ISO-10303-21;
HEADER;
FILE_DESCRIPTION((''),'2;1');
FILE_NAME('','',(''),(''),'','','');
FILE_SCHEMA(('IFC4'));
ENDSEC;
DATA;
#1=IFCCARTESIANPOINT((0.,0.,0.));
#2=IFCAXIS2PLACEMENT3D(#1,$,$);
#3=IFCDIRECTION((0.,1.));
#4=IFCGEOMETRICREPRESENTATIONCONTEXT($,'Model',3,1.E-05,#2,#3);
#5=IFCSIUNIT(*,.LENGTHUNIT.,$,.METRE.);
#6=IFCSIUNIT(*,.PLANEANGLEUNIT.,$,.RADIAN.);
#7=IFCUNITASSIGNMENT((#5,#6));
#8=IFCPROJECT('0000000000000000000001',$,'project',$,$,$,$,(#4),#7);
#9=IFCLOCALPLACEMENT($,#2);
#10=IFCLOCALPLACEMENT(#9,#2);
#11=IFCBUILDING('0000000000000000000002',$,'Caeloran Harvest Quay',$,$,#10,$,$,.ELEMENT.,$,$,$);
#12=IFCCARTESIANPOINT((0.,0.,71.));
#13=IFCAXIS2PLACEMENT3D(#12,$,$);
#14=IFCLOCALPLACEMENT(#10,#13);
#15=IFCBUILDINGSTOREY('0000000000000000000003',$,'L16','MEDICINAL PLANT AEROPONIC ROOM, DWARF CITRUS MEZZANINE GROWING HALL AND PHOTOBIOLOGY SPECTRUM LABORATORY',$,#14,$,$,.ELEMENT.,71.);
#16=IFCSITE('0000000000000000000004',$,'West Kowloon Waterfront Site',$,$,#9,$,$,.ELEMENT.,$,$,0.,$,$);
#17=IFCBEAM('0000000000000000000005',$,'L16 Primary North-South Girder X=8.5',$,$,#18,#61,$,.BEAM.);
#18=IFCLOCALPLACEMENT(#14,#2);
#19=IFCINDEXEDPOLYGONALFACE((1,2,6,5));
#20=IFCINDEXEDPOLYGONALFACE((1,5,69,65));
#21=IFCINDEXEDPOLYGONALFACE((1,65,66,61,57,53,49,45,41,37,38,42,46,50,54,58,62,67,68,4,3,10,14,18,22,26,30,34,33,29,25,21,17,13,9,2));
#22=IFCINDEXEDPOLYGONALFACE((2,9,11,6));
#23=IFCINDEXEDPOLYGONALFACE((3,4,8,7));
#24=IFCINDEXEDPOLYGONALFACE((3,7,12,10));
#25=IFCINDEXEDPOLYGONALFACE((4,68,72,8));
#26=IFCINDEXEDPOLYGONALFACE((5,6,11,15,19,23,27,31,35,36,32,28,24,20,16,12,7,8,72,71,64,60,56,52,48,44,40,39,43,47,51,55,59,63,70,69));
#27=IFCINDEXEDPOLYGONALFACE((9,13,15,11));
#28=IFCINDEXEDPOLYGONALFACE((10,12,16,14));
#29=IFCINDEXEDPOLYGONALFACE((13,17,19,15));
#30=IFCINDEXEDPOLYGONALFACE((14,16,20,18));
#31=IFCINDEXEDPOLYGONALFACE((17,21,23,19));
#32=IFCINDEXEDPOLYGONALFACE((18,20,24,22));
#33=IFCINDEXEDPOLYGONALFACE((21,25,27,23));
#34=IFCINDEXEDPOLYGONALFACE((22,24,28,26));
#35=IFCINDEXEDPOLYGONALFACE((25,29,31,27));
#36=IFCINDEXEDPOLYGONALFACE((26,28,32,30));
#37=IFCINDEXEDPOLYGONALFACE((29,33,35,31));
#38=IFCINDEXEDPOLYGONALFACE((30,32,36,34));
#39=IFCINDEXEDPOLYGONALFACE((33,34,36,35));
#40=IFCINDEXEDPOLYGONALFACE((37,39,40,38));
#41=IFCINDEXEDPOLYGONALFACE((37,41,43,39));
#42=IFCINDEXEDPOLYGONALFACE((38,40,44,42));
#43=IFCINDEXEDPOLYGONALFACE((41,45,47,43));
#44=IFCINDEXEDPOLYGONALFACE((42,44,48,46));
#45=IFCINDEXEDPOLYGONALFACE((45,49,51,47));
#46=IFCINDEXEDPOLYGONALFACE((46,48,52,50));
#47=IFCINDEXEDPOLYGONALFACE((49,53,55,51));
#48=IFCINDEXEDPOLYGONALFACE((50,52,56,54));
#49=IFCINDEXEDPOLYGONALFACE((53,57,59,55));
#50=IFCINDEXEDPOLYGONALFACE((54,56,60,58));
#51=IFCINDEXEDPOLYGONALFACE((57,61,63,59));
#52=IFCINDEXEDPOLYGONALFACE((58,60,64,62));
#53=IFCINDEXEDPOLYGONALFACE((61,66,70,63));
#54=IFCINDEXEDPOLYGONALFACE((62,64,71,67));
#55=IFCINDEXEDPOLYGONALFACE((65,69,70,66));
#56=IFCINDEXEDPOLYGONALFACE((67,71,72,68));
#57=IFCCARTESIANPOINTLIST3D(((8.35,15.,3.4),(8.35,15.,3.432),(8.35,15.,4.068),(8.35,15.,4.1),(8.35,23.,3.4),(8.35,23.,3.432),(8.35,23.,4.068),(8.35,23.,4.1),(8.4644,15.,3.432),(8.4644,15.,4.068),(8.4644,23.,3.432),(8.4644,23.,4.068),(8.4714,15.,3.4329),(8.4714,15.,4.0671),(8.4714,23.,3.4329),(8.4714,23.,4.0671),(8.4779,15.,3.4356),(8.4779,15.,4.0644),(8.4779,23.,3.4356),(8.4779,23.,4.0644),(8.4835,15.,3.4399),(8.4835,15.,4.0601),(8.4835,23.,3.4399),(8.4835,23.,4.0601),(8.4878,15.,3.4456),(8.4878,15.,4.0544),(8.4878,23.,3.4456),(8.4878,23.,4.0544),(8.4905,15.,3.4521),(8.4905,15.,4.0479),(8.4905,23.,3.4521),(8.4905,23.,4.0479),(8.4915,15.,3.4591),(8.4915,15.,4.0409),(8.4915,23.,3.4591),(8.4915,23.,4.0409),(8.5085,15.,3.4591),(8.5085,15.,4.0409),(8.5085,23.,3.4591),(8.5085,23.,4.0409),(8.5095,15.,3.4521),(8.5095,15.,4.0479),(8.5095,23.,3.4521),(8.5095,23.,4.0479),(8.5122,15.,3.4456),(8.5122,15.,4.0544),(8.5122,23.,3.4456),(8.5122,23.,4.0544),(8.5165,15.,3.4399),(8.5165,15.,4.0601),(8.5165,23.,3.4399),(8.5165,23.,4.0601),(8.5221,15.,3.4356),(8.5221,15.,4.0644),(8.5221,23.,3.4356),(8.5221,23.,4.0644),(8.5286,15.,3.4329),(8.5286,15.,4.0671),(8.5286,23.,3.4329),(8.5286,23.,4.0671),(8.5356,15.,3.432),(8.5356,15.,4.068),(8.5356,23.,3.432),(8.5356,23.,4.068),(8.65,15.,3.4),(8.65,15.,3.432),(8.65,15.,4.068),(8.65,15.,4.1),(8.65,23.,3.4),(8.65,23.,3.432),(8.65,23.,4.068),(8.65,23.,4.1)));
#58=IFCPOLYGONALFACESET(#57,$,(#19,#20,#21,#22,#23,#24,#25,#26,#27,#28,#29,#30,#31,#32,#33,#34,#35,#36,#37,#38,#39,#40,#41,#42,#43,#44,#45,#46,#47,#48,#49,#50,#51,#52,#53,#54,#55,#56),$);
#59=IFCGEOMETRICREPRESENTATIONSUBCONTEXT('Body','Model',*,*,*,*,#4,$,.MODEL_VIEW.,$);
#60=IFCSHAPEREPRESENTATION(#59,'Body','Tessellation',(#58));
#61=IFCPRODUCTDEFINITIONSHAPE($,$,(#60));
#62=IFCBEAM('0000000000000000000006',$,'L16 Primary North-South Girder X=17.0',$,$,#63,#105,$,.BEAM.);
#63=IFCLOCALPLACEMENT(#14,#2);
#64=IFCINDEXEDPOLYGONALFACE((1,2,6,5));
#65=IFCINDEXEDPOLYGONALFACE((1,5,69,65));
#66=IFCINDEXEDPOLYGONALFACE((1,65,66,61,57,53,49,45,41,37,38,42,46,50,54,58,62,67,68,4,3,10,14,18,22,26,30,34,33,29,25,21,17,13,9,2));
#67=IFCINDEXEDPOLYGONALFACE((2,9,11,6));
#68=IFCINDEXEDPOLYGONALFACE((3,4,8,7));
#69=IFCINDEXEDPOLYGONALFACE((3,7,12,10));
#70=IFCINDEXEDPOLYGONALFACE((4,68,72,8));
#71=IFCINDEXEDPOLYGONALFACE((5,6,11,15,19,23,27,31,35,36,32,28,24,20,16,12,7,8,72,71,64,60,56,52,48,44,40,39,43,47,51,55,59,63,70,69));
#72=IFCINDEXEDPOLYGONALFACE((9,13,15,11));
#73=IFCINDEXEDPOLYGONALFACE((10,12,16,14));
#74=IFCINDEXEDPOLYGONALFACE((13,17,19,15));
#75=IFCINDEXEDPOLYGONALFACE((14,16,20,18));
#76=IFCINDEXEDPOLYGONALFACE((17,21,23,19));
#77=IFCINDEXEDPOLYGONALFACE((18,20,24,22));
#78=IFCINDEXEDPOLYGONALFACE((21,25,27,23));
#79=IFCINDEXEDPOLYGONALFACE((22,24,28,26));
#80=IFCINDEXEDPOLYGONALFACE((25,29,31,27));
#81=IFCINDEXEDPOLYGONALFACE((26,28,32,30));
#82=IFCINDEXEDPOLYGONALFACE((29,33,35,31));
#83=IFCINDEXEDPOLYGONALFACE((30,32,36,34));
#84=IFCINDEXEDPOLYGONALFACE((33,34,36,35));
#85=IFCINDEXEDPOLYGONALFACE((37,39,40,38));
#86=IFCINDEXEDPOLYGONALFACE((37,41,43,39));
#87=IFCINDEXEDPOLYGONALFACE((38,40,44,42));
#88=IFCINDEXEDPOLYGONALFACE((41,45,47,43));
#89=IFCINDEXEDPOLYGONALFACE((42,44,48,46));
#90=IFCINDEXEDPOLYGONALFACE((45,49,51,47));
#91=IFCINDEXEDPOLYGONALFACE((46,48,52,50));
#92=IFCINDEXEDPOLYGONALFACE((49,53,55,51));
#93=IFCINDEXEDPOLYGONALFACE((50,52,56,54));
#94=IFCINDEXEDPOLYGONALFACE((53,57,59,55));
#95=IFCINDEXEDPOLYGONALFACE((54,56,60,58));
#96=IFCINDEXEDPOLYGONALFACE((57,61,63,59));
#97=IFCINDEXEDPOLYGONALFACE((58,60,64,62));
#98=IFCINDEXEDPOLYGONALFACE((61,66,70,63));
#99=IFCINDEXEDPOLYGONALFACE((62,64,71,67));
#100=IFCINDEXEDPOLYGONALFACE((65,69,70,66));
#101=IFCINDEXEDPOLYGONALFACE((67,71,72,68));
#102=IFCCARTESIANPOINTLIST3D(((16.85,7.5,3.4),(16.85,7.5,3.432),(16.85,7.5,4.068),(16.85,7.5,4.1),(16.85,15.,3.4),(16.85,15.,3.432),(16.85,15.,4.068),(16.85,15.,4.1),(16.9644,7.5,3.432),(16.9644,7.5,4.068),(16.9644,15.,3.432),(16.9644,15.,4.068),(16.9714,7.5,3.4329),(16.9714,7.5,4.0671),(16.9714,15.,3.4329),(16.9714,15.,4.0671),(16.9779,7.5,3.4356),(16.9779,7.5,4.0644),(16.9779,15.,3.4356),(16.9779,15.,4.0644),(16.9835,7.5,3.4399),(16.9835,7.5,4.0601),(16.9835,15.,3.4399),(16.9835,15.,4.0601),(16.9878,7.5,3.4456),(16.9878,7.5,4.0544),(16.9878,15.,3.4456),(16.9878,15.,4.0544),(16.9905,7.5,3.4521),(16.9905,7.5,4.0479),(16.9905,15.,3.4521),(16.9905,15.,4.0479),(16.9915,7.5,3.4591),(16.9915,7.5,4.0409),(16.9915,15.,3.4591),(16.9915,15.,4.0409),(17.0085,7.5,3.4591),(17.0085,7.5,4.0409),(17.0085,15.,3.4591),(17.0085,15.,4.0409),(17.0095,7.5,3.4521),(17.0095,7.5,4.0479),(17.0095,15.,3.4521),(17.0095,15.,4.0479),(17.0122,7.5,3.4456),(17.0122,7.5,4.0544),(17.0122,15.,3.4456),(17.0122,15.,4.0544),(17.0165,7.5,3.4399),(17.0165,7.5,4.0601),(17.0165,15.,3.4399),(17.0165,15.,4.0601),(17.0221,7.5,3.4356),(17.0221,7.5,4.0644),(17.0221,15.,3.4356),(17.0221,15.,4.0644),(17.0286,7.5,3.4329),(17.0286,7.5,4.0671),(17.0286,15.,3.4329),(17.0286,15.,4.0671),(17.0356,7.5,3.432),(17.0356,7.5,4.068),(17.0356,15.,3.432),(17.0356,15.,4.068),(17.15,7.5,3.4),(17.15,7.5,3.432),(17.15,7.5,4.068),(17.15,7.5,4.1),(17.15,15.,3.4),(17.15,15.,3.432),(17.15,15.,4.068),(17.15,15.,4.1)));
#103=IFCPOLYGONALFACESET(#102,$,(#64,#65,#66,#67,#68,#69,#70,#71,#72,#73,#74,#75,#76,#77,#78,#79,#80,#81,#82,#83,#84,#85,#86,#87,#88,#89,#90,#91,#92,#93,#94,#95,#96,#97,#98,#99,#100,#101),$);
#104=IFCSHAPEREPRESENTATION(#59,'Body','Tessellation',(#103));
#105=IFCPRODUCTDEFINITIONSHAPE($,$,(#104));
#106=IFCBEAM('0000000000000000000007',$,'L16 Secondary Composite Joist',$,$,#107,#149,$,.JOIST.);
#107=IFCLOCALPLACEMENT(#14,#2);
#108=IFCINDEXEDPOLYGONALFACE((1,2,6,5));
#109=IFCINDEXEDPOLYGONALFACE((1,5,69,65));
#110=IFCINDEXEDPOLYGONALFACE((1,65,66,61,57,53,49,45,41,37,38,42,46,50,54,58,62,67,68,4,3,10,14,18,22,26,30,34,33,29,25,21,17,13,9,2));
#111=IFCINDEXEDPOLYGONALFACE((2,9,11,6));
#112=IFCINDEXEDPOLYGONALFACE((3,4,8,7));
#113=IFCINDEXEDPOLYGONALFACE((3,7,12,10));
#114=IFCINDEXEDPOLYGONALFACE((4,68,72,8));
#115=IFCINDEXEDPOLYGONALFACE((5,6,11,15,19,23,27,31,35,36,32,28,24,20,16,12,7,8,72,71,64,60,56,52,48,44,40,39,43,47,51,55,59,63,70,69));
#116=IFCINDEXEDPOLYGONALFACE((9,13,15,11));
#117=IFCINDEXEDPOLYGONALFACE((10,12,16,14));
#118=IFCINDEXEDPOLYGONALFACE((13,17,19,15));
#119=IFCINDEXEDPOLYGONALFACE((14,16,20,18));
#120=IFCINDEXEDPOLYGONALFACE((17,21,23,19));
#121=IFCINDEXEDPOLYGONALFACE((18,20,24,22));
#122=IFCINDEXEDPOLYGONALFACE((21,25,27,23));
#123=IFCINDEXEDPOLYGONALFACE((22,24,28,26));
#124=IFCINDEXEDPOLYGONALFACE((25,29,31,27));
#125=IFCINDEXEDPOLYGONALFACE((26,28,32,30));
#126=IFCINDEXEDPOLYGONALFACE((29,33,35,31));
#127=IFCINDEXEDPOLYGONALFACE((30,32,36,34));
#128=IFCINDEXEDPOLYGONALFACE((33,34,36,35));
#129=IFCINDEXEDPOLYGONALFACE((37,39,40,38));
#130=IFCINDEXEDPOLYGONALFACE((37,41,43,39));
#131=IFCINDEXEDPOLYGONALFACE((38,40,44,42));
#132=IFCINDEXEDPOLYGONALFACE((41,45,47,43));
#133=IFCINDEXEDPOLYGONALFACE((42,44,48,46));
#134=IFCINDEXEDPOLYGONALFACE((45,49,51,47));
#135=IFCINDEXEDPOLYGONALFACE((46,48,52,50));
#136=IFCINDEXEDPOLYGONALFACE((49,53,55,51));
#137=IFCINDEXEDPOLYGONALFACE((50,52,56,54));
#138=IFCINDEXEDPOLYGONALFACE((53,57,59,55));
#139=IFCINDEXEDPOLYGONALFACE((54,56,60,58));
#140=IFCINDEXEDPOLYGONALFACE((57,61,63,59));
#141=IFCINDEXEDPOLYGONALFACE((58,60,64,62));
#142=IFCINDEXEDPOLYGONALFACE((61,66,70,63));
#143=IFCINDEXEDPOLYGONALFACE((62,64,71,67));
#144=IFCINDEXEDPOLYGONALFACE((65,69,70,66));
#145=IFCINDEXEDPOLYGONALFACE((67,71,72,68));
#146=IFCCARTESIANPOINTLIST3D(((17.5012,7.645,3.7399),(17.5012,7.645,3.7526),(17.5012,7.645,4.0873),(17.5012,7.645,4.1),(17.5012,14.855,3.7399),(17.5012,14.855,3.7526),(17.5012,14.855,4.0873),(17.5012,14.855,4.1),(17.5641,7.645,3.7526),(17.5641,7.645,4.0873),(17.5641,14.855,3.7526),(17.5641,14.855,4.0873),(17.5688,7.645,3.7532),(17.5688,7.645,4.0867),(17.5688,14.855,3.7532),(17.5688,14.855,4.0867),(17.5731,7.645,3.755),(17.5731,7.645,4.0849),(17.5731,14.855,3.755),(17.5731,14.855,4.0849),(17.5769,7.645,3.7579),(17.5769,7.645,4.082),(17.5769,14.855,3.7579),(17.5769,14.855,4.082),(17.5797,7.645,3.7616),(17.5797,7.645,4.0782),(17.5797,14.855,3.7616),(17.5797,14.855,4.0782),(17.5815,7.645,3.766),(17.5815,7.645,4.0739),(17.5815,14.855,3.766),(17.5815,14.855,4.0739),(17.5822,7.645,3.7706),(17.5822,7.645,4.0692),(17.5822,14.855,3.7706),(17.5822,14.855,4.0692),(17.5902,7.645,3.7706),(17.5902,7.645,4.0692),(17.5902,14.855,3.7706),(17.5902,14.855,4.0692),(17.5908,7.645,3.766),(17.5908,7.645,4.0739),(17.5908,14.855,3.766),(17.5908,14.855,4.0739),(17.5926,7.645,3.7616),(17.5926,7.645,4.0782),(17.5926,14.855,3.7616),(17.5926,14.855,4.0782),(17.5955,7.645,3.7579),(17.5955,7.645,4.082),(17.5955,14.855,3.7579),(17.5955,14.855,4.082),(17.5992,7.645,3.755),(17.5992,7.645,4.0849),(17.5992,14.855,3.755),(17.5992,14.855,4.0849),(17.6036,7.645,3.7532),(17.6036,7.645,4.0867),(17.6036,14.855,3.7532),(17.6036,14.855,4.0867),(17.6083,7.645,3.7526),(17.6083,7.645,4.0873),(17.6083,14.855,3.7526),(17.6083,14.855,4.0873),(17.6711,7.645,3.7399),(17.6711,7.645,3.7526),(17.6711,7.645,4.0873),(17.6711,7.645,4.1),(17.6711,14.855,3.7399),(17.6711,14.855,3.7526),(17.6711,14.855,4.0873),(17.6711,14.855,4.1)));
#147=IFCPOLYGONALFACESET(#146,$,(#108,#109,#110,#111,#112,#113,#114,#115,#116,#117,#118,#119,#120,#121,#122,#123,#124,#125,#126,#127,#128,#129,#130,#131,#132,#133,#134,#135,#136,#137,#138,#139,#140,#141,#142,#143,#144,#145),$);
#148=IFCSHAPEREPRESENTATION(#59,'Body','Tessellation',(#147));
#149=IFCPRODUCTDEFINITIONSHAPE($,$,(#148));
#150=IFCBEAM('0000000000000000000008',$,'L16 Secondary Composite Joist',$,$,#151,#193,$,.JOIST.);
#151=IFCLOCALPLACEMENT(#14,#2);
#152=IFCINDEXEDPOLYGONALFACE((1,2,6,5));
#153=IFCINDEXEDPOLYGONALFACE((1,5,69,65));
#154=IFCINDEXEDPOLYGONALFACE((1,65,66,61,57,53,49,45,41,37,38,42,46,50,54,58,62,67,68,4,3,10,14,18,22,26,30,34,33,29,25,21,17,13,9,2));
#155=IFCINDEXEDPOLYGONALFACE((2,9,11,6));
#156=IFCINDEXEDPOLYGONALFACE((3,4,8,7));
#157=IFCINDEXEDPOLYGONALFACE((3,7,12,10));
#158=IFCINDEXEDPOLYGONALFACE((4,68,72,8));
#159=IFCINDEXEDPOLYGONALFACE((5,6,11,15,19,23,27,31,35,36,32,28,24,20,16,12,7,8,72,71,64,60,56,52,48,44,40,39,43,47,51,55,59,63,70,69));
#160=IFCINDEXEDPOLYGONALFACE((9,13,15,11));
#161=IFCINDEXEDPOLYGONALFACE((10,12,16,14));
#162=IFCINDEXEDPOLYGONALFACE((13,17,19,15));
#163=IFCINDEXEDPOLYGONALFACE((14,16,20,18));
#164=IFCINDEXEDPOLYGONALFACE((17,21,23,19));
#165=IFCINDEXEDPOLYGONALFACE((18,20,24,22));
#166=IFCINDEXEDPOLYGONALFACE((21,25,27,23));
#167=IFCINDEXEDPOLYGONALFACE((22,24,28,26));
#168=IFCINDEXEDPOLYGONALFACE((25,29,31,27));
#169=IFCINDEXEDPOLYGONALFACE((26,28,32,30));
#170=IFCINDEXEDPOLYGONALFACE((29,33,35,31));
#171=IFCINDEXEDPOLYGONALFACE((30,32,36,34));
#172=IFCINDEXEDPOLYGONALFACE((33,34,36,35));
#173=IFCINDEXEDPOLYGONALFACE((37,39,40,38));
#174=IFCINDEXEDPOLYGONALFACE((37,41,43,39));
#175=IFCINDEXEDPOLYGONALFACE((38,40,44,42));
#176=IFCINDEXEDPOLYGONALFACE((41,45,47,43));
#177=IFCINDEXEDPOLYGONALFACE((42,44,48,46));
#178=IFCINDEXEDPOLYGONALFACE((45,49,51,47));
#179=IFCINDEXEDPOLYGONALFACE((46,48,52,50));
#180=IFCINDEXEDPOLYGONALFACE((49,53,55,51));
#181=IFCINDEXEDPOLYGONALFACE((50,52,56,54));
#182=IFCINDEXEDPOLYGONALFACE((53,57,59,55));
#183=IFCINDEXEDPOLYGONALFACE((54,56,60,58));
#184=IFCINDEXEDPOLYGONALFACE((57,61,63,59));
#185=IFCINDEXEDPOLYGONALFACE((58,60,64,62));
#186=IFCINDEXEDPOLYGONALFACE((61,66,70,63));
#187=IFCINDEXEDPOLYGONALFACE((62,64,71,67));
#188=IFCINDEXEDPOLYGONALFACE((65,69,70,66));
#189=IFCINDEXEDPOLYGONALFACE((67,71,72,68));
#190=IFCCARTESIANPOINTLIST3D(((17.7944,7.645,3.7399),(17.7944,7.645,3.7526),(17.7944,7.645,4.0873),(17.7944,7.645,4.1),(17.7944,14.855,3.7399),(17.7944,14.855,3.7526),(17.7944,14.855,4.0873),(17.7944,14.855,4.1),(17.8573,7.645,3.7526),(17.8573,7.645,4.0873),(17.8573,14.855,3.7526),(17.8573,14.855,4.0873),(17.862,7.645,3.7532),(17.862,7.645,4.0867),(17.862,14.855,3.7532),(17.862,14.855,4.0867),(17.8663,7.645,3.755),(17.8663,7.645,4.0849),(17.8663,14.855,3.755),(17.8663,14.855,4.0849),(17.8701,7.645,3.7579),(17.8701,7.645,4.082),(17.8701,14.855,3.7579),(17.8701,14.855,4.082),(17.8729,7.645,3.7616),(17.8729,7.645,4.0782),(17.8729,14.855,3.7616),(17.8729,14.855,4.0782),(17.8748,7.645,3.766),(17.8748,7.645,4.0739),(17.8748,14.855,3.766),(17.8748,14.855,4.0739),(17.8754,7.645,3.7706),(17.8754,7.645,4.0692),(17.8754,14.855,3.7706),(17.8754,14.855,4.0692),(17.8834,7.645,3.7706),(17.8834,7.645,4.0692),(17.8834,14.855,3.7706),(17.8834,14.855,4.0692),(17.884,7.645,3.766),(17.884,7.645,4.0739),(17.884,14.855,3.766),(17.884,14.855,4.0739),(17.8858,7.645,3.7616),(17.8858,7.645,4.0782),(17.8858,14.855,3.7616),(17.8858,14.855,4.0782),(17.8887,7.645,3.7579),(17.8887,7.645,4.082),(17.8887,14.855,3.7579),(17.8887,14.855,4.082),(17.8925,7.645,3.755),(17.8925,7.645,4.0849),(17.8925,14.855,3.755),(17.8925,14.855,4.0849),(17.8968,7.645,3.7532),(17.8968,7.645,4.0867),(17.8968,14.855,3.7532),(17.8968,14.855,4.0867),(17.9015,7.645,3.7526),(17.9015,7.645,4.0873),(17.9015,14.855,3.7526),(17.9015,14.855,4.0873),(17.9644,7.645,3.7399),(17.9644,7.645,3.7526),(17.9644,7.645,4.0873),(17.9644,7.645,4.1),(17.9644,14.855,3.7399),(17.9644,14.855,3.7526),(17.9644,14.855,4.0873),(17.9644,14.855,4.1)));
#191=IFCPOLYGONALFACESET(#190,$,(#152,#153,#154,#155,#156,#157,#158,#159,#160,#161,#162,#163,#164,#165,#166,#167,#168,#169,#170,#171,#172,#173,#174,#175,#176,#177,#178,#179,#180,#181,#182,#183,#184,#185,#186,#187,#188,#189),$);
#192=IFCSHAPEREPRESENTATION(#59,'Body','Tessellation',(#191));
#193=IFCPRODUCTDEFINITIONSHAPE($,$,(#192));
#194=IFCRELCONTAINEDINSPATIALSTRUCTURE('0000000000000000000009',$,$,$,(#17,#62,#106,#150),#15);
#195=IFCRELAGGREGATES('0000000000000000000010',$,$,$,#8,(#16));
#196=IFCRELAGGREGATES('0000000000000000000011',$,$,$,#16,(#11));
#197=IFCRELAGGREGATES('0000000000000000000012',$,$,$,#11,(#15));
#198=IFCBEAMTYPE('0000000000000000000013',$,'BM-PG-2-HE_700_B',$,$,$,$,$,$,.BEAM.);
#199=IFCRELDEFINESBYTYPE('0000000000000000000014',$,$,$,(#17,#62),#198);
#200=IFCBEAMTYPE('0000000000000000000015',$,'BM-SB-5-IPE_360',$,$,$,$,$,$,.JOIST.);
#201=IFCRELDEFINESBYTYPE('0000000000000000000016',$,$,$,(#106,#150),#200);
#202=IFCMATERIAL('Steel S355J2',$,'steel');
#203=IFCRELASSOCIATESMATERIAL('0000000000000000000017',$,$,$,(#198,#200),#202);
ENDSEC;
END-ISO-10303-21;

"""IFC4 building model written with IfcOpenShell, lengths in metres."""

from ifc_helpers import new_model, si_unit, direction, frame, origin, origin_2d, place, context, subcontext, project, spatial, i_section, extrude, material, material_profile, profile_set, type_object, element, save


model = new_model("IFC4")

# Units and contexts
model_context = context("Model", 3, precision=1e-05, world=origin(), true_north=direction((0.0, 1.0)))
body_context = subcontext(model_context, "Body", "Model", "MODEL_VIEW")
ifc_project = project(units=[si_unit("LENGTHUNIT", "METRE"), si_unit("PLANEANGLEUNIT", "RADIAN")], contexts=[model_context])

# Site, building, storey
site_placement = place(None, origin())
site = spatial("IfcSite", under=ifc_project, at=site_placement, Name="West Kowloon Waterfront Site", CompositionType="ELEMENT", RefElevation=0.0)
building_placement = place(site_placement, origin())
building = spatial("IfcBuilding", under=site, at=building_placement, Name="Caeloran Harvest Quay", CompositionType="ELEMENT")
storey_placement = place(building_placement, frame((0.0, 0.0, 71.0)))
storey = spatial("IfcBuildingStorey", under=building, at=storey_placement, Name="L16", Description="MEDICINAL PLANT AEROPONIC ROOM, DWARF CITRUS MEZZANINE GROWING HALL AND PHOTOBIOLOGY SPECTRUM LABORATORY", CompositionType="ELEMENT", Elevation=71.0)

# Beams
ifc_material_1 = material(Name="Steel S355J2", Category="steel")
ifc_material_profile_1 = material_profile(ifc_material_1, i_section(OverallWidth=0.3, OverallDepth=0.7, WebThickness=0.0171, FlangeThickness=0.032, FilletRadius=0.0271, at=origin_2d()), Name="HE 700 B")
ifc_profile_set_1 = profile_set([ifc_material_profile_1], Name="Steel S355J2")
beam_type_1 = type_object("IfcBeamType", Name="BM-PG-2-HE_700_B", PredefinedType="BEAM", material=ifc_profile_set_1)
beam_1_placement = place(storey_placement, frame((8.5, 15.0, 3.75), z_axis=(0.0, 1.0, 0.0), x_axis=(-1.0, 0.0, 0.0)))
element("IfcBeam", 1, at=beam_1_placement, inside=storey, type_object=beam_type_1, Name="L16 Primary North-South Girder X=8.5", PredefinedType="BEAM", context=body_context, shape_type="SweptSolid", body=[
    extrude(i_section(OverallWidth=0.3, OverallDepth=0.7, WebThickness=0.0171, FlangeThickness=0.032, FilletRadius=0.0271, at=origin_2d()), origin(), (0.0, 0.0, 1.0), 8.0),
])
beam_2_placement = place(storey_placement, frame((17.0, 7.5, 3.75), z_axis=(0.0, 1.0, 0.0), x_axis=(-1.0, 0.0, 0.0)))
element("IfcBeam", 2, at=beam_2_placement, inside=storey, type_object=beam_type_1, Name="L16 Primary North-South Girder X=17.0", PredefinedType="BEAM", context=body_context, shape_type="SweptSolid", body=[
    extrude(i_section(OverallWidth=0.3, OverallDepth=0.7, WebThickness=0.0171, FlangeThickness=0.032, FilletRadius=0.0271, at=origin_2d()), origin(), (0.0, 0.0, 1.0), 7.5),
])
ifc_material_profile_2 = material_profile(ifc_material_1, i_section(OverallWidth=0.1699, OverallDepth=0.3601, WebThickness=0.0081, FlangeThickness=0.0127, FilletRadius=0.0181, at=origin_2d()), Name="IPE 360")
ifc_profile_set_2 = profile_set([ifc_material_profile_2], Name="Steel S355J2")
beam_type_2 = type_object("IfcBeamType", Name="BM-SB-5-IPE_360", PredefinedType="JOIST", material=ifc_profile_set_2)
for number, where, z_axis, x_axis, name in (
    (3, (17.5862, 7.645, 3.9199), (0.0, 1.0, 0.0), (-1.0, 0.0, 0.0), "L16 Secondary Composite Joist"),
    (4, (17.8794, 7.645, 3.9199), (0.0, 1.0, 0.0), (-1.0, 0.0, 0.0), "L16 Secondary Composite Joist"),
):
    element("IfcBeam", number, at=place(storey_placement, frame(where, z_axis=z_axis, x_axis=x_axis)), inside=storey, type_object=beam_type_2, Name=name, PredefinedType="JOIST", context=body_context, shape_type="SweptSolid", body=[
        extrude(i_section(OverallWidth=0.1699, OverallDepth=0.3601, WebThickness=0.0081, FlangeThickness=0.0127, FilletRadius=0.0181, at=origin_2d()), origin(), (0.0, 0.0, 1.0), 7.21),
    ])

save(model, "model.ifc")
